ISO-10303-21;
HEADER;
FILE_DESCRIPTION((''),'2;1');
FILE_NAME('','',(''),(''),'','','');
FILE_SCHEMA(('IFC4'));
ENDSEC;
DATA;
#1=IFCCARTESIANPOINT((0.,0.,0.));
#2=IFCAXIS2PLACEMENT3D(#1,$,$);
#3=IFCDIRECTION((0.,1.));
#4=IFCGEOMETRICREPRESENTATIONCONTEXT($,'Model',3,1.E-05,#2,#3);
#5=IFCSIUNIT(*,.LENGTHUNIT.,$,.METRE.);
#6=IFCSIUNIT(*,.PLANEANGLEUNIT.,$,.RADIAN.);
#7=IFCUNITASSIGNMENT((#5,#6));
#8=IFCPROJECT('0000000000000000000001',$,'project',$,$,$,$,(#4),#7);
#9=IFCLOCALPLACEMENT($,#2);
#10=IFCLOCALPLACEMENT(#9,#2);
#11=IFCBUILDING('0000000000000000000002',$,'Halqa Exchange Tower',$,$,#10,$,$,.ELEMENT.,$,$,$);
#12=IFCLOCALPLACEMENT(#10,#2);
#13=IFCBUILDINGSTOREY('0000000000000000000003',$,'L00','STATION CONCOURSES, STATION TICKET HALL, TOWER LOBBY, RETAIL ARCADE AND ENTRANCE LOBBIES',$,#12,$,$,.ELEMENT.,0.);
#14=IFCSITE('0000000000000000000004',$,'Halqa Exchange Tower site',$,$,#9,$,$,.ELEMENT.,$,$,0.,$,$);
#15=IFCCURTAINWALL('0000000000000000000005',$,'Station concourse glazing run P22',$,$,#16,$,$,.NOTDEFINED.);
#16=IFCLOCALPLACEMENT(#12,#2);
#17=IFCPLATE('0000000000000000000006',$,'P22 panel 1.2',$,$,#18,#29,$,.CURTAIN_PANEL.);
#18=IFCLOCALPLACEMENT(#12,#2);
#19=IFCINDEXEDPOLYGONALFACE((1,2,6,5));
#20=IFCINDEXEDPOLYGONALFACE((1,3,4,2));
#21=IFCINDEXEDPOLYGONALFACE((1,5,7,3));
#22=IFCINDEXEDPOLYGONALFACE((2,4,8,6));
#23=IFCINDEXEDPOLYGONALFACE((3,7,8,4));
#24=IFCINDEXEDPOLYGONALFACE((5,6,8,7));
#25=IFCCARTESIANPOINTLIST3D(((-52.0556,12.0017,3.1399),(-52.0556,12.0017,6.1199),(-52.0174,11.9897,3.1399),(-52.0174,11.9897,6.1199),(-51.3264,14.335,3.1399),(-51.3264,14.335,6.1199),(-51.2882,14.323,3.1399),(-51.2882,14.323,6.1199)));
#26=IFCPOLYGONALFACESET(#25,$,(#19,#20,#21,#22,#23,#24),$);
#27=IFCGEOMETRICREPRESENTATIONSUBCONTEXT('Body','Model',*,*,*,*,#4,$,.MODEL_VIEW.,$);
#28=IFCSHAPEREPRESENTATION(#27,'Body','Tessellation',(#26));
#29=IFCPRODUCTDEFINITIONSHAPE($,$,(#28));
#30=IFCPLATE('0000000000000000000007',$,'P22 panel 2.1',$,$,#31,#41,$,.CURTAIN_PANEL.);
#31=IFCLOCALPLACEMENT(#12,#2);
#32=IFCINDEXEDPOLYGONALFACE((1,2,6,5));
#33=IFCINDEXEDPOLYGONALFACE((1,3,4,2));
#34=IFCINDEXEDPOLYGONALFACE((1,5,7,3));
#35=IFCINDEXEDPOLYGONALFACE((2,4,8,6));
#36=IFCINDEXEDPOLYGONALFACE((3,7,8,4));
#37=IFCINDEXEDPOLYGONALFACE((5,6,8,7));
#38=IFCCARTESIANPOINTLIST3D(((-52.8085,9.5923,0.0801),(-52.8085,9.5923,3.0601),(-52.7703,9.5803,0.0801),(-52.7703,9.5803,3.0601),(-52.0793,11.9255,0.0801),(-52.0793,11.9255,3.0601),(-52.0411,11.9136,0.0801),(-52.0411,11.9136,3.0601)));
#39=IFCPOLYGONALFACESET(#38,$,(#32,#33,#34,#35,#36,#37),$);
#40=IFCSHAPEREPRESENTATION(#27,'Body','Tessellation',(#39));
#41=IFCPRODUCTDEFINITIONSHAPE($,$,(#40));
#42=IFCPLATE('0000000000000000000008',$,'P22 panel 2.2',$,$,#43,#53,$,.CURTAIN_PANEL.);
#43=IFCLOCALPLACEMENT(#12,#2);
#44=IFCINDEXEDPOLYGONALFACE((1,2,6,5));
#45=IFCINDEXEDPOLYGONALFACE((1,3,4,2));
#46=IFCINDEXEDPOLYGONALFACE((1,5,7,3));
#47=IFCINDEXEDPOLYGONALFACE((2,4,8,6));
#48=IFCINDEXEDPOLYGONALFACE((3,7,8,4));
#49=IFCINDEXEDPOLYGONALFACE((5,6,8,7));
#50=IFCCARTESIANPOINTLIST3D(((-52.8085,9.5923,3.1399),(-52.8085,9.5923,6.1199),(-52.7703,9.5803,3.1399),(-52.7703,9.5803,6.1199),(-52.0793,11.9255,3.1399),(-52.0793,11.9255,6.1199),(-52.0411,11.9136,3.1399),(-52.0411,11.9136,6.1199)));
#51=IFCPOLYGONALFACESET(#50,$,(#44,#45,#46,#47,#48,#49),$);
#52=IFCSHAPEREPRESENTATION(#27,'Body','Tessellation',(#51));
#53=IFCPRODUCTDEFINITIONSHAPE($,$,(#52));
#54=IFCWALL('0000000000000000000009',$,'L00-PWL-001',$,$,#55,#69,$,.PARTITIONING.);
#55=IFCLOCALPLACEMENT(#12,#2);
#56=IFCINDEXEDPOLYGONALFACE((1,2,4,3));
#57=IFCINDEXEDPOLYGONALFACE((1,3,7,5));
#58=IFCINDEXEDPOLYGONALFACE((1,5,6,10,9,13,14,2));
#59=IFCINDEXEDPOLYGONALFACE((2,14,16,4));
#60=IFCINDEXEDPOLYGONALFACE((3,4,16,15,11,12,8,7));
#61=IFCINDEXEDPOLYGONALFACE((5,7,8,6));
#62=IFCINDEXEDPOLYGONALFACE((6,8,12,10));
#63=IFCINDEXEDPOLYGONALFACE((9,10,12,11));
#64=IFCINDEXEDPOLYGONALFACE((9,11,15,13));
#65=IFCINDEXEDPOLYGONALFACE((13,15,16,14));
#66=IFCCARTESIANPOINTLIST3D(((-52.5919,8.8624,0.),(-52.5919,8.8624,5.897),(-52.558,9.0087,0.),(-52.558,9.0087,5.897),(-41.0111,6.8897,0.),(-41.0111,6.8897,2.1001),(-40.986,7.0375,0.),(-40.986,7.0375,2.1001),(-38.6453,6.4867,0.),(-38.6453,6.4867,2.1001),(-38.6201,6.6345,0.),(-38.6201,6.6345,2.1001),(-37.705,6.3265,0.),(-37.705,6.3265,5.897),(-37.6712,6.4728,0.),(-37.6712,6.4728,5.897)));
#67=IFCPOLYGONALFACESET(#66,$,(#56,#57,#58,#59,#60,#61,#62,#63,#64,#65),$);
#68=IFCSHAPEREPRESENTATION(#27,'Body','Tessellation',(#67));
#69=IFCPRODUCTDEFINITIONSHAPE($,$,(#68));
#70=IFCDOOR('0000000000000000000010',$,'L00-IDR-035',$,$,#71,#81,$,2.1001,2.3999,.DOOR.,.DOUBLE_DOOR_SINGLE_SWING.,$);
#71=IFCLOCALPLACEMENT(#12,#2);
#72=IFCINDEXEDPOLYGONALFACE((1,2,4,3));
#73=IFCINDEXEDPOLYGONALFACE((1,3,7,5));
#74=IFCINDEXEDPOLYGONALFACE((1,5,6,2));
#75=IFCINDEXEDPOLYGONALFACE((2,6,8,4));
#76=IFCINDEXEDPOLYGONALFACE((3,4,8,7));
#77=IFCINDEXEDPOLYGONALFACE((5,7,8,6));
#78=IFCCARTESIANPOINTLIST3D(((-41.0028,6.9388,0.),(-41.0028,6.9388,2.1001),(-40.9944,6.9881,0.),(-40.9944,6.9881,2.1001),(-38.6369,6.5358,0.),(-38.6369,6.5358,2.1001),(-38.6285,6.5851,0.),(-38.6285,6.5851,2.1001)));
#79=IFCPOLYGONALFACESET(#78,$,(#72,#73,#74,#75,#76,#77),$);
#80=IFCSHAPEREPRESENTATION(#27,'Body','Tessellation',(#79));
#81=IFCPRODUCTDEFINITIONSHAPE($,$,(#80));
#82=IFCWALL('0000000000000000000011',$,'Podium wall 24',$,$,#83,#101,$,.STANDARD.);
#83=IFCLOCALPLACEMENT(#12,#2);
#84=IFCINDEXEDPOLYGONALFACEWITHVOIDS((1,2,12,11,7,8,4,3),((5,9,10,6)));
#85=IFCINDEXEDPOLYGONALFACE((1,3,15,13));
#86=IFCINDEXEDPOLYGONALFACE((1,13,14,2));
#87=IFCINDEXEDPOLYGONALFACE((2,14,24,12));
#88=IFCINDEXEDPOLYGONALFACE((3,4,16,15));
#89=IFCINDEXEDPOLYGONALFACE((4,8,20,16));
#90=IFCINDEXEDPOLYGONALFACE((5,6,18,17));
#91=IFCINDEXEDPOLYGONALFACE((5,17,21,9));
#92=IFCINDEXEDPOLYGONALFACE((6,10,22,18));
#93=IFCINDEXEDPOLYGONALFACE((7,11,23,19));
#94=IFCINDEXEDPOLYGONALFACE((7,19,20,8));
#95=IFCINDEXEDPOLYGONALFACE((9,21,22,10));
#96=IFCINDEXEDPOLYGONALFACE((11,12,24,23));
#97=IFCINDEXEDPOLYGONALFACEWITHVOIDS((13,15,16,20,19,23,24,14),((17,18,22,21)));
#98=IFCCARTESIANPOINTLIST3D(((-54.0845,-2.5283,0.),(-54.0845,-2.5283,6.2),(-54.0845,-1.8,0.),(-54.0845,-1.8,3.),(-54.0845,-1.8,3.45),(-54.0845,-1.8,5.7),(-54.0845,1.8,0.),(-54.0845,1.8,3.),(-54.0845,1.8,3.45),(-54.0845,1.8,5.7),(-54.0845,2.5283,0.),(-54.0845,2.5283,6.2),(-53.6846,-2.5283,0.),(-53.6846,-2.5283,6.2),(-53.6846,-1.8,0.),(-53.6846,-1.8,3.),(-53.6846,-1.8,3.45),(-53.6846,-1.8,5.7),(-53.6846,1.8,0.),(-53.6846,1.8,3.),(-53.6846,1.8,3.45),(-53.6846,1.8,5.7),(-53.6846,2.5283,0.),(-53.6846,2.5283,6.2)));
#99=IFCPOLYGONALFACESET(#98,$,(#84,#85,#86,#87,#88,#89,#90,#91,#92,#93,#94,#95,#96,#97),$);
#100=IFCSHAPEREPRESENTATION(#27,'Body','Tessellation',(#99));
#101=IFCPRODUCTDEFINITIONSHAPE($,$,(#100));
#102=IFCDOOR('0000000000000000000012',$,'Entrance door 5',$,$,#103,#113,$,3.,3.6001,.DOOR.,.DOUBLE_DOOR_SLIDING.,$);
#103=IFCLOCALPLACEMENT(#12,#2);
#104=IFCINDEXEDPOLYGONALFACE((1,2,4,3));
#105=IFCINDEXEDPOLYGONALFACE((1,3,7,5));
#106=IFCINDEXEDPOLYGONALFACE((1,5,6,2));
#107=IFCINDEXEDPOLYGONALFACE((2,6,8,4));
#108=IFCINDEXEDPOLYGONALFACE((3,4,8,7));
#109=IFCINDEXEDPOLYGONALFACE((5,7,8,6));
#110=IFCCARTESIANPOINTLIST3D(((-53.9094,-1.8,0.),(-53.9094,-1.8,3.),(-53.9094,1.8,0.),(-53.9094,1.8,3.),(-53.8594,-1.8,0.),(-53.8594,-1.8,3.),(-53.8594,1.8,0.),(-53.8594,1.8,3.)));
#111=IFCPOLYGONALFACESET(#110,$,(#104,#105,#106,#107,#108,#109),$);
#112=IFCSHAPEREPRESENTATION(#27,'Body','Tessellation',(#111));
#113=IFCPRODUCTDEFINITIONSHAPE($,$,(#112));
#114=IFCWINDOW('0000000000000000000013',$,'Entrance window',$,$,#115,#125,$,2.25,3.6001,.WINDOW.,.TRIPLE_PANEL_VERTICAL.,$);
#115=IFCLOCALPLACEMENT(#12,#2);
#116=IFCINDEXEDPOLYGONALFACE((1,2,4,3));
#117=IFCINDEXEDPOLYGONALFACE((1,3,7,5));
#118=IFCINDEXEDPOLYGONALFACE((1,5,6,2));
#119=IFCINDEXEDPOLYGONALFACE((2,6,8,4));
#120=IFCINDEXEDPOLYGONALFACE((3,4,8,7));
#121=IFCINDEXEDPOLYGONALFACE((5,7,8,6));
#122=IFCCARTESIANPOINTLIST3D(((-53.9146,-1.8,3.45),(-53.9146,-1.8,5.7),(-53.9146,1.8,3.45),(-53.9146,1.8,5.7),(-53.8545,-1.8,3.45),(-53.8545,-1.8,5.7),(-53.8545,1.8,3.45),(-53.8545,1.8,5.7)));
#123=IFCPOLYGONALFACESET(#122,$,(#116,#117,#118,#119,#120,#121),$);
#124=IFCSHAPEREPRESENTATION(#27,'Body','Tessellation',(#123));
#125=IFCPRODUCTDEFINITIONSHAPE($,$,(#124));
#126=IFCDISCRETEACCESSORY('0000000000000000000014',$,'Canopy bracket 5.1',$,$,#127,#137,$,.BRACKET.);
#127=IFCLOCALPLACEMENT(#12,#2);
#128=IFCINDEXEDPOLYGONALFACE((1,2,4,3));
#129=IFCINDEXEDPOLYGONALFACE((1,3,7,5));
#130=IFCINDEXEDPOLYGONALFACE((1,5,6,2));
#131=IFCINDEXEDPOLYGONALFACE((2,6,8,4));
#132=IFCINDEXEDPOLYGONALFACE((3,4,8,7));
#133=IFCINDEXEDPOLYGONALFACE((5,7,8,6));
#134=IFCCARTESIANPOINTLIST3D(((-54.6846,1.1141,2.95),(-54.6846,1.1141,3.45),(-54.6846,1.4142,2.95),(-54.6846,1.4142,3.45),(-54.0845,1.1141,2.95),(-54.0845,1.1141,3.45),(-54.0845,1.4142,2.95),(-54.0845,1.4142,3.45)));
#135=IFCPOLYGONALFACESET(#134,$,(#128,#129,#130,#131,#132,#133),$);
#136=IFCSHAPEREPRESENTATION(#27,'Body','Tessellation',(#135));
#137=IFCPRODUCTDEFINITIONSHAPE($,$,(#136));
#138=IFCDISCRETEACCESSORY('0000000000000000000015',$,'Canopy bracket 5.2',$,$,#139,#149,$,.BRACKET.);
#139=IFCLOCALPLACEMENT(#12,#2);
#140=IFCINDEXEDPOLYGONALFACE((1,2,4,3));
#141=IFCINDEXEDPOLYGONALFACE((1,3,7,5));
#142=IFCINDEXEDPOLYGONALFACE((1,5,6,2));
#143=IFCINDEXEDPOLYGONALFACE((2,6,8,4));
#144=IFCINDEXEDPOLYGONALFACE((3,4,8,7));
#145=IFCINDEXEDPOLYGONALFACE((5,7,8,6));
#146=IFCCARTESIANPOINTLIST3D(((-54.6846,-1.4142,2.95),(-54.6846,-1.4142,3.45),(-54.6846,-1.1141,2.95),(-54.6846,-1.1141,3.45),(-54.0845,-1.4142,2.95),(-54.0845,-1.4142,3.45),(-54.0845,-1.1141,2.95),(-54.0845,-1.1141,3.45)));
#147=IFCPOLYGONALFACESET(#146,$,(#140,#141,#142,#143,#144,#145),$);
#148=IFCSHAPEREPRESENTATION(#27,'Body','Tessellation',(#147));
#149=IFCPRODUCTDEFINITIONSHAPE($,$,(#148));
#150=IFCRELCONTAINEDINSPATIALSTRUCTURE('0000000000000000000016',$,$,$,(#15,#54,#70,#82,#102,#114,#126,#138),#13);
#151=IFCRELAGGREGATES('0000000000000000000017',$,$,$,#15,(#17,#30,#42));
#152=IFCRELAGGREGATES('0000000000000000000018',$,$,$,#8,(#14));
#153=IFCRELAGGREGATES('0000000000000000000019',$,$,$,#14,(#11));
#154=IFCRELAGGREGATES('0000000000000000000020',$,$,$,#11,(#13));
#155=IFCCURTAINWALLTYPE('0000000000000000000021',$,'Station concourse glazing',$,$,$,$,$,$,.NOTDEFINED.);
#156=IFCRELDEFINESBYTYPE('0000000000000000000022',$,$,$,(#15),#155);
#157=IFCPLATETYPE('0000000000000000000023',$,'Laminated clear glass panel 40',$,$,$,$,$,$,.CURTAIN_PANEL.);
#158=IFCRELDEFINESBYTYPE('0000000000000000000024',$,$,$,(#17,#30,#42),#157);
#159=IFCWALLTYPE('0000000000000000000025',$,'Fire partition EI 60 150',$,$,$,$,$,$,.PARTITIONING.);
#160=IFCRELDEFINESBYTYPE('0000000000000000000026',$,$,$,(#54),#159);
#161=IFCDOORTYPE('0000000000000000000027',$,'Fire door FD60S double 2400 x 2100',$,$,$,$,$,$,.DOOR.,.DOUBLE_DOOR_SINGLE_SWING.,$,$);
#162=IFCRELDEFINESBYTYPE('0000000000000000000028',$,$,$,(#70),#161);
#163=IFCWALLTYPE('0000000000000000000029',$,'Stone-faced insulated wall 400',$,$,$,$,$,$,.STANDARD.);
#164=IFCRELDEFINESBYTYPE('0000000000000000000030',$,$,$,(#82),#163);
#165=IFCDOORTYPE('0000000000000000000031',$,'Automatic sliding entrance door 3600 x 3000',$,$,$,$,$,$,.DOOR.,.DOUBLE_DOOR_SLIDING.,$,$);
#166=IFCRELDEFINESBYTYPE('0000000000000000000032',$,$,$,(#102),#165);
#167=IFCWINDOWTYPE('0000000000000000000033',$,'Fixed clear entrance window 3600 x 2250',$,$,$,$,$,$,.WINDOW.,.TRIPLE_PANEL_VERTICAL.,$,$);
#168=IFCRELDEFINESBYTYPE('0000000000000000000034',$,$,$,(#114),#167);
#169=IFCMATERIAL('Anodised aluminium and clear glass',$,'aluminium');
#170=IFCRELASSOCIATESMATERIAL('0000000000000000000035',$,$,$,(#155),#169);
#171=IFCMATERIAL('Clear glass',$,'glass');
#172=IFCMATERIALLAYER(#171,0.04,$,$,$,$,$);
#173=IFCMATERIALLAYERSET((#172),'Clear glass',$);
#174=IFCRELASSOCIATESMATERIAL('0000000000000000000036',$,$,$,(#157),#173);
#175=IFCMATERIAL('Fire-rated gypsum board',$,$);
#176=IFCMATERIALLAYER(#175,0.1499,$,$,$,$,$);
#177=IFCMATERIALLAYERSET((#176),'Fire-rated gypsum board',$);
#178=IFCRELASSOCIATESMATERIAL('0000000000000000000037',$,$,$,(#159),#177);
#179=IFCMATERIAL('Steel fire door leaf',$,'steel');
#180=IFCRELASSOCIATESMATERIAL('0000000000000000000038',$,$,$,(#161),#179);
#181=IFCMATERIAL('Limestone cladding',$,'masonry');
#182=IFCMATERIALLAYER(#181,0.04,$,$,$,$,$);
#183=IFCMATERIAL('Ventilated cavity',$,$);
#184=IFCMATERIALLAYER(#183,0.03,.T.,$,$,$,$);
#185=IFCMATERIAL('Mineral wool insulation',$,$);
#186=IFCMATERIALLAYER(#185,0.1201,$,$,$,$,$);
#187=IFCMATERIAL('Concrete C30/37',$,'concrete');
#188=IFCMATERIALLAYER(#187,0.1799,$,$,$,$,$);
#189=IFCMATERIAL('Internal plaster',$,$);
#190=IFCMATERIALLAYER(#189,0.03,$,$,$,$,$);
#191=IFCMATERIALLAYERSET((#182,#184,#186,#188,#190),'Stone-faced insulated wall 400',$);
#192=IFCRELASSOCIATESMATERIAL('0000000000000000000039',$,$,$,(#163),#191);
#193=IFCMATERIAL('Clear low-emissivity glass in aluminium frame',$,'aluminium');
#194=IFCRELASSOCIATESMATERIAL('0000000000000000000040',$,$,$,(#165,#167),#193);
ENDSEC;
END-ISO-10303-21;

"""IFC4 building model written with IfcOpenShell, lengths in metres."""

from ifc_helpers import new_model, si_unit, direction, frame, frame_2d, origin, origin_2d, place, context, subcontext, project, spatial, polyline, rectangle, outline, extrude, material, layer, layer_set, type_object, element, fill, aggregate, save


model = new_model("IFC4")

# Units and contexts
model_context = context("Model", 3, precision=1e-05, world=origin(), true_north=direction((0.0, 1.0)))
body_context = subcontext(model_context, "Body", "Model", "MODEL_VIEW")
ifc_project = project(units=[si_unit("LENGTHUNIT", "METRE"), si_unit("PLANEANGLEUNIT", "RADIAN")], contexts=[model_context])

# Site, building, storey
site_placement = place(None, origin())
site = spatial("IfcSite", under=ifc_project, at=site_placement, Name="Halqa Exchange Tower site", CompositionType="ELEMENT", RefElevation=0.0)
building_placement = place(site_placement, origin())
building = spatial("IfcBuilding", under=site, at=building_placement, Name="Halqa Exchange Tower", CompositionType="ELEMENT")
storey_placement = place(building_placement, origin())
storey = spatial("IfcBuildingStorey", under=building, at=storey_placement, Name="L00", Description="STATION CONCOURSES, STATION TICKET HALL, TOWER LOBBY, RETAIL ARCADE AND ENTRANCE LOBBIES", CompositionType="ELEMENT", Elevation=0.0)

# Shared definitions
ifc_material_1 = material(Name="Anodised aluminium and clear glass", Category="aluminium")
curtain_wall_type = type_object("IfcCurtainWallType", Name="Station concourse glazing", PredefinedType="NOTDEFINED", material=ifc_material_1)

# Curtain wall
curtain_wall_1_placement = place(storey_placement, origin())
curtain_wall_1 = element("IfcCurtainWall", 1, at=curtain_wall_1_placement, inside=storey, type_object=curtain_wall_type, Name="Station concourse glazing run P22", PredefinedType="NOTDEFINED")

# Shared definitions
ifc_material_2 = material(Name="Limestone cladding", Category="masonry")

# Plates
ifc_material_3 = material(Name="Clear glass", Category="glass")
ifc_layer_1 = layer(ifc_material_3, 0.04)
ifc_layer_set_1 = layer_set([ifc_layer_1], Name="Clear glass")
plate_type = type_object("IfcPlateType", Name="Laminated clear glass panel 40", PredefinedType="CURTAIN_PANEL", material=ifc_layer_set_1)
plate_1_placement = place(storey_placement, frame((-51.6719, 13.1624, 3.1399), z_axis=(0.0, 0.0, 1.0), x_axis=(-0.298303, -0.954471, 0.0)))
plate_1 = element("IfcPlate", 2, at=plate_1_placement, type_object=plate_type, Name="P22 panel 1.2", PredefinedType="CURTAIN_PANEL", context=body_context, shape_type="SweptSolid", body=[
    extrude(rectangle(XDim=2.4446, YDim=0.04, at=origin_2d()), origin(), (0.0, 0.0, 1.0), 2.98),
])
plate_2_placement = place(storey_placement, frame((-52.4248, 10.7529, 0.0801), z_axis=(0.0, 0.0, 1.0), x_axis=(-0.298303, -0.954471, 0.0)))
plate_2 = element("IfcPlate", 3, at=plate_2_placement, type_object=plate_type, Name="P22 panel 2.1", PredefinedType="CURTAIN_PANEL", context=body_context, shape_type="SweptSolid", body=[
    extrude(rectangle(XDim=2.4446, YDim=0.04, at=origin_2d()), origin(), (0.0, 0.0, 1.0), 2.98),
])
plate_3_placement = place(storey_placement, frame((-52.4248, 10.7529, 3.1399), z_axis=(0.0, 0.0, 1.0), x_axis=(-0.298303, -0.954471, 0.0)))
plate_3 = element("IfcPlate", 4, at=plate_3_placement, type_object=plate_type, Name="P22 panel 2.2", PredefinedType="CURTAIN_PANEL", context=body_context, shape_type="SweptSolid", body=[
    extrude(rectangle(XDim=2.4446, YDim=0.04, at=origin_2d()), origin(), (0.0, 0.0, 1.0), 2.98),
])
aggregate(curtain_wall_1, [plate_1, plate_2, plate_3])

# Wall, opening, door
ifc_material_4 = material(Name="Fire-rated gypsum board")
ifc_layer_2 = layer(ifc_material_4, 0.1499)
ifc_layer_set_2 = layer_set([ifc_layer_2], Name="Fire-rated gypsum board")
wall_type_1 = type_object("IfcWallType", Name="Fire partition EI 60 150", PredefinedType="PARTITIONING", material=ifc_layer_set_2)
wall_1_placement = place(storey_placement, frame((-52.575, 8.9355, 0.0), z_axis=(0.0, 0.0, 1.0), x_axis=(0.9858, -0.167924, 0.0)))
wall_1 = element("IfcWall", 5, at=wall_1_placement, inside=storey, type_object=wall_type_1, Name="L00-PWL-001", PredefinedType="PARTITIONING", context=body_context, shape_type="SweptSolid", body=[
    extrude(outline(polyline([(-0.0044, -0.075), (15.0969, -0.075), (15.1057, 0.075), (0.0044, 0.075), (-0.0044, -0.075)])), origin(), (0.0, 0.0, 1.0), 5.897),
])
opening_1_placement = place(wall_1_placement, frame((11.7432, 0.0, 0.0)))
opening_1 = element("IfcOpeningElement", 6, at=opening_1_placement, cuts=wall_1, PredefinedType="OPENING", context=body_context, shape_type="SweptSolid", body=[
    extrude(rectangle(XDim=2.3999, YDim=2.1001, at=frame_2d((1.2, 1.05))), frame((0.0, 0.0869, 0.0), z_axis=(0.0, -1.0, 0.0), x_axis=(1.0, 0.0, 0.0)), (0.0, 0.0, 1.0), 0.1738),
])
ifc_material_5 = material(Name="Steel fire door leaf", Category="steel")
door_type_1 = type_object("IfcDoorType", Name="Fire door FD60S double 2400 x 2100", OperationType="DOUBLE_DOOR_SINGLE_SWING", PredefinedType="DOOR", material=ifc_material_5)
door_1_placement = place(opening_1_placement, origin())
door_1 = element("IfcDoor", 7, at=door_1_placement, inside=storey, type_object=door_type_1, Name="L00-IDR-035", OperationType="DOUBLE_DOOR_SINGLE_SWING", OverallHeight=2.1001, OverallWidth=2.3999, PredefinedType="DOOR", context=body_context, shape_type="SweptSolid", body=[
    extrude(rectangle(XDim=2.3999, YDim=2.1001, at=frame_2d((1.2, 1.05))), frame((0.0, 0.0249, 0.0), z_axis=(0.0, -1.0, 0.0), x_axis=(1.0, 0.0, 0.0)), (0.0, 0.0, 1.0), 0.05),
])
fill(opening_1, door_1)
ifc_layer_3 = layer(ifc_material_2, 0.04)
ifc_material_6 = material(Name="Ventilated cavity")
ifc_layer_4 = layer(ifc_material_6, 0.03, ventilated=True)
ifc_material_7 = material(Name="Mineral wool insulation")
ifc_layer_5 = layer(ifc_material_7, 0.1201)
ifc_material_8 = material(Name="Concrete C30/37", Category="concrete")
ifc_layer_6 = layer(ifc_material_8, 0.1799)
ifc_material_9 = material(Name="Internal plaster")
ifc_layer_7 = layer(ifc_material_9, 0.03)
ifc_layer_set_3 = layer_set([ifc_layer_3, ifc_layer_4, ifc_layer_5, ifc_layer_6, ifc_layer_7], Name="Stone-faced insulated wall 400")
wall_type_2 = type_object("IfcWallType", Name="Stone-faced insulated wall 400", PredefinedType="STANDARD", material=ifc_layer_set_3)
ifc_material_10 = material(Name="Clear low-emissivity glass in aluminium frame", Category="aluminium")

# Wall, openings, door, window
wall_2_placement = place(storey_placement, frame((-53.8845, 2.5283, 0.0), z_axis=(0.0, 0.0, 1.0), x_axis=(0.0, -1.0, 0.0)))
wall_2 = element("IfcWall", 8, at=wall_2_placement, inside=storey, type_object=wall_type_2, Name="Podium wall 24", PredefinedType="STANDARD", context=body_context, shape_type="SweptSolid", body=[
    extrude(rectangle(XDim=5.0566, YDim=0.3999, at=frame_2d((2.5283, 0.0))), origin(), (0.0, 0.0, 1.0), 6.2),
])
opening_2_placement = place(wall_2_placement, frame((0.7283, 0.0, 0.0)))
opening_2 = element("IfcOpeningElement", 9, at=opening_2_placement, cuts=wall_2, PredefinedType="OPENING", context=body_context, shape_type="SweptSolid", body=[
    extrude(rectangle(XDim=3.6001, YDim=3.0, at=frame_2d((1.8, 1.5))), frame((0.0, 0.2119, 0.0), z_axis=(0.0, -1.0, 0.0), x_axis=(1.0, 0.0, 0.0)), (0.0, 0.0, 1.0), 0.4238),
])
opening_3_placement = place(wall_2_placement, frame((0.7283, 0.0, 3.45)))
opening_3 = element("IfcOpeningElement", 10, at=opening_3_placement, cuts=wall_2, PredefinedType="OPENING", context=body_context, shape_type="SweptSolid", body=[
    extrude(rectangle(XDim=3.6001, YDim=2.25, at=frame_2d((1.8, 1.125))), frame((0.0, 0.2119, 0.0), z_axis=(0.0, -1.0, 0.0), x_axis=(1.0, 0.0, 0.0)), (0.0, 0.0, 1.0), 0.4238),
])
door_type_2 = type_object("IfcDoorType", Name="Automatic sliding entrance door 3600 x 3000", OperationType="DOUBLE_DOOR_SLIDING", PredefinedType="DOOR", material=ifc_material_10)
door_2_placement = place(opening_2_placement, frame((3.6001, 0.0, 0.0), z_axis=(0.0, 0.0, 1.0), x_axis=(-1.0, 0.0, 0.0)))
door_2 = element("IfcDoor", 11, at=door_2_placement, inside=storey, type_object=door_type_2, Name="Entrance door 5", OperationType="DOUBLE_DOOR_SLIDING", OverallHeight=3.0, OverallWidth=3.6001, PredefinedType="DOOR", context=body_context, shape_type="SweptSolid", body=[
    extrude(rectangle(XDim=3.6001, YDim=3.0, at=frame_2d((1.8, 1.5))), frame((0.0, 0.0249, 0.0), z_axis=(0.0, -1.0, 0.0), x_axis=(1.0, 0.0, 0.0)), (0.0, 0.0, 1.0), 0.05),
])
fill(opening_2, door_2)
window_type = type_object("IfcWindowType", Name="Fixed clear entrance window 3600 x 2250", PartitioningType="TRIPLE_PANEL_VERTICAL", PredefinedType="WINDOW", material=ifc_material_10)
window_placement = place(opening_3_placement, origin())
window = element("IfcWindow", 12, at=window_placement, inside=storey, type_object=window_type, Name="Entrance window", OverallHeight=2.25, OverallWidth=3.6001, PartitioningType="TRIPLE_PANEL_VERTICAL", PredefinedType="WINDOW", context=body_context, shape_type="SweptSolid", body=[
    extrude(rectangle(XDim=3.6001, YDim=2.25, at=frame_2d((1.8, 1.125))), frame((0.0, 0.03, 0.0), z_axis=(0.0, -1.0, 0.0), x_axis=(1.0, 0.0, 0.0)), (0.0, 0.0, 1.0), 0.0601),
])
fill(opening_3, window)

# Discrete accessories
for number, where, z_axis, x_axis, name in (
    (13, (-54.3845, 1.2642, 2.95), (0.0, 0.0, 1.0), (0.0, -1.0, 0.0), "Canopy bracket 5.1"),
    (14, (-54.3845, -1.2642, 2.95), (0.0, 0.0, 1.0), (0.0, -1.0, 0.0), "Canopy bracket 5.2"),
):
    element("IfcDiscreteAccessory", number, at=place(storey_placement, frame(where, z_axis=z_axis, x_axis=x_axis)), inside=storey, Name=name, PredefinedType="BRACKET", context=body_context, shape_type="SweptSolid", body=[
        extrude(rectangle(XDim=0.3, YDim=0.6001, at=origin_2d()), origin(), (0.0, 0.0, 1.0), 0.5),
    ])

save(model, "model.ifc")
